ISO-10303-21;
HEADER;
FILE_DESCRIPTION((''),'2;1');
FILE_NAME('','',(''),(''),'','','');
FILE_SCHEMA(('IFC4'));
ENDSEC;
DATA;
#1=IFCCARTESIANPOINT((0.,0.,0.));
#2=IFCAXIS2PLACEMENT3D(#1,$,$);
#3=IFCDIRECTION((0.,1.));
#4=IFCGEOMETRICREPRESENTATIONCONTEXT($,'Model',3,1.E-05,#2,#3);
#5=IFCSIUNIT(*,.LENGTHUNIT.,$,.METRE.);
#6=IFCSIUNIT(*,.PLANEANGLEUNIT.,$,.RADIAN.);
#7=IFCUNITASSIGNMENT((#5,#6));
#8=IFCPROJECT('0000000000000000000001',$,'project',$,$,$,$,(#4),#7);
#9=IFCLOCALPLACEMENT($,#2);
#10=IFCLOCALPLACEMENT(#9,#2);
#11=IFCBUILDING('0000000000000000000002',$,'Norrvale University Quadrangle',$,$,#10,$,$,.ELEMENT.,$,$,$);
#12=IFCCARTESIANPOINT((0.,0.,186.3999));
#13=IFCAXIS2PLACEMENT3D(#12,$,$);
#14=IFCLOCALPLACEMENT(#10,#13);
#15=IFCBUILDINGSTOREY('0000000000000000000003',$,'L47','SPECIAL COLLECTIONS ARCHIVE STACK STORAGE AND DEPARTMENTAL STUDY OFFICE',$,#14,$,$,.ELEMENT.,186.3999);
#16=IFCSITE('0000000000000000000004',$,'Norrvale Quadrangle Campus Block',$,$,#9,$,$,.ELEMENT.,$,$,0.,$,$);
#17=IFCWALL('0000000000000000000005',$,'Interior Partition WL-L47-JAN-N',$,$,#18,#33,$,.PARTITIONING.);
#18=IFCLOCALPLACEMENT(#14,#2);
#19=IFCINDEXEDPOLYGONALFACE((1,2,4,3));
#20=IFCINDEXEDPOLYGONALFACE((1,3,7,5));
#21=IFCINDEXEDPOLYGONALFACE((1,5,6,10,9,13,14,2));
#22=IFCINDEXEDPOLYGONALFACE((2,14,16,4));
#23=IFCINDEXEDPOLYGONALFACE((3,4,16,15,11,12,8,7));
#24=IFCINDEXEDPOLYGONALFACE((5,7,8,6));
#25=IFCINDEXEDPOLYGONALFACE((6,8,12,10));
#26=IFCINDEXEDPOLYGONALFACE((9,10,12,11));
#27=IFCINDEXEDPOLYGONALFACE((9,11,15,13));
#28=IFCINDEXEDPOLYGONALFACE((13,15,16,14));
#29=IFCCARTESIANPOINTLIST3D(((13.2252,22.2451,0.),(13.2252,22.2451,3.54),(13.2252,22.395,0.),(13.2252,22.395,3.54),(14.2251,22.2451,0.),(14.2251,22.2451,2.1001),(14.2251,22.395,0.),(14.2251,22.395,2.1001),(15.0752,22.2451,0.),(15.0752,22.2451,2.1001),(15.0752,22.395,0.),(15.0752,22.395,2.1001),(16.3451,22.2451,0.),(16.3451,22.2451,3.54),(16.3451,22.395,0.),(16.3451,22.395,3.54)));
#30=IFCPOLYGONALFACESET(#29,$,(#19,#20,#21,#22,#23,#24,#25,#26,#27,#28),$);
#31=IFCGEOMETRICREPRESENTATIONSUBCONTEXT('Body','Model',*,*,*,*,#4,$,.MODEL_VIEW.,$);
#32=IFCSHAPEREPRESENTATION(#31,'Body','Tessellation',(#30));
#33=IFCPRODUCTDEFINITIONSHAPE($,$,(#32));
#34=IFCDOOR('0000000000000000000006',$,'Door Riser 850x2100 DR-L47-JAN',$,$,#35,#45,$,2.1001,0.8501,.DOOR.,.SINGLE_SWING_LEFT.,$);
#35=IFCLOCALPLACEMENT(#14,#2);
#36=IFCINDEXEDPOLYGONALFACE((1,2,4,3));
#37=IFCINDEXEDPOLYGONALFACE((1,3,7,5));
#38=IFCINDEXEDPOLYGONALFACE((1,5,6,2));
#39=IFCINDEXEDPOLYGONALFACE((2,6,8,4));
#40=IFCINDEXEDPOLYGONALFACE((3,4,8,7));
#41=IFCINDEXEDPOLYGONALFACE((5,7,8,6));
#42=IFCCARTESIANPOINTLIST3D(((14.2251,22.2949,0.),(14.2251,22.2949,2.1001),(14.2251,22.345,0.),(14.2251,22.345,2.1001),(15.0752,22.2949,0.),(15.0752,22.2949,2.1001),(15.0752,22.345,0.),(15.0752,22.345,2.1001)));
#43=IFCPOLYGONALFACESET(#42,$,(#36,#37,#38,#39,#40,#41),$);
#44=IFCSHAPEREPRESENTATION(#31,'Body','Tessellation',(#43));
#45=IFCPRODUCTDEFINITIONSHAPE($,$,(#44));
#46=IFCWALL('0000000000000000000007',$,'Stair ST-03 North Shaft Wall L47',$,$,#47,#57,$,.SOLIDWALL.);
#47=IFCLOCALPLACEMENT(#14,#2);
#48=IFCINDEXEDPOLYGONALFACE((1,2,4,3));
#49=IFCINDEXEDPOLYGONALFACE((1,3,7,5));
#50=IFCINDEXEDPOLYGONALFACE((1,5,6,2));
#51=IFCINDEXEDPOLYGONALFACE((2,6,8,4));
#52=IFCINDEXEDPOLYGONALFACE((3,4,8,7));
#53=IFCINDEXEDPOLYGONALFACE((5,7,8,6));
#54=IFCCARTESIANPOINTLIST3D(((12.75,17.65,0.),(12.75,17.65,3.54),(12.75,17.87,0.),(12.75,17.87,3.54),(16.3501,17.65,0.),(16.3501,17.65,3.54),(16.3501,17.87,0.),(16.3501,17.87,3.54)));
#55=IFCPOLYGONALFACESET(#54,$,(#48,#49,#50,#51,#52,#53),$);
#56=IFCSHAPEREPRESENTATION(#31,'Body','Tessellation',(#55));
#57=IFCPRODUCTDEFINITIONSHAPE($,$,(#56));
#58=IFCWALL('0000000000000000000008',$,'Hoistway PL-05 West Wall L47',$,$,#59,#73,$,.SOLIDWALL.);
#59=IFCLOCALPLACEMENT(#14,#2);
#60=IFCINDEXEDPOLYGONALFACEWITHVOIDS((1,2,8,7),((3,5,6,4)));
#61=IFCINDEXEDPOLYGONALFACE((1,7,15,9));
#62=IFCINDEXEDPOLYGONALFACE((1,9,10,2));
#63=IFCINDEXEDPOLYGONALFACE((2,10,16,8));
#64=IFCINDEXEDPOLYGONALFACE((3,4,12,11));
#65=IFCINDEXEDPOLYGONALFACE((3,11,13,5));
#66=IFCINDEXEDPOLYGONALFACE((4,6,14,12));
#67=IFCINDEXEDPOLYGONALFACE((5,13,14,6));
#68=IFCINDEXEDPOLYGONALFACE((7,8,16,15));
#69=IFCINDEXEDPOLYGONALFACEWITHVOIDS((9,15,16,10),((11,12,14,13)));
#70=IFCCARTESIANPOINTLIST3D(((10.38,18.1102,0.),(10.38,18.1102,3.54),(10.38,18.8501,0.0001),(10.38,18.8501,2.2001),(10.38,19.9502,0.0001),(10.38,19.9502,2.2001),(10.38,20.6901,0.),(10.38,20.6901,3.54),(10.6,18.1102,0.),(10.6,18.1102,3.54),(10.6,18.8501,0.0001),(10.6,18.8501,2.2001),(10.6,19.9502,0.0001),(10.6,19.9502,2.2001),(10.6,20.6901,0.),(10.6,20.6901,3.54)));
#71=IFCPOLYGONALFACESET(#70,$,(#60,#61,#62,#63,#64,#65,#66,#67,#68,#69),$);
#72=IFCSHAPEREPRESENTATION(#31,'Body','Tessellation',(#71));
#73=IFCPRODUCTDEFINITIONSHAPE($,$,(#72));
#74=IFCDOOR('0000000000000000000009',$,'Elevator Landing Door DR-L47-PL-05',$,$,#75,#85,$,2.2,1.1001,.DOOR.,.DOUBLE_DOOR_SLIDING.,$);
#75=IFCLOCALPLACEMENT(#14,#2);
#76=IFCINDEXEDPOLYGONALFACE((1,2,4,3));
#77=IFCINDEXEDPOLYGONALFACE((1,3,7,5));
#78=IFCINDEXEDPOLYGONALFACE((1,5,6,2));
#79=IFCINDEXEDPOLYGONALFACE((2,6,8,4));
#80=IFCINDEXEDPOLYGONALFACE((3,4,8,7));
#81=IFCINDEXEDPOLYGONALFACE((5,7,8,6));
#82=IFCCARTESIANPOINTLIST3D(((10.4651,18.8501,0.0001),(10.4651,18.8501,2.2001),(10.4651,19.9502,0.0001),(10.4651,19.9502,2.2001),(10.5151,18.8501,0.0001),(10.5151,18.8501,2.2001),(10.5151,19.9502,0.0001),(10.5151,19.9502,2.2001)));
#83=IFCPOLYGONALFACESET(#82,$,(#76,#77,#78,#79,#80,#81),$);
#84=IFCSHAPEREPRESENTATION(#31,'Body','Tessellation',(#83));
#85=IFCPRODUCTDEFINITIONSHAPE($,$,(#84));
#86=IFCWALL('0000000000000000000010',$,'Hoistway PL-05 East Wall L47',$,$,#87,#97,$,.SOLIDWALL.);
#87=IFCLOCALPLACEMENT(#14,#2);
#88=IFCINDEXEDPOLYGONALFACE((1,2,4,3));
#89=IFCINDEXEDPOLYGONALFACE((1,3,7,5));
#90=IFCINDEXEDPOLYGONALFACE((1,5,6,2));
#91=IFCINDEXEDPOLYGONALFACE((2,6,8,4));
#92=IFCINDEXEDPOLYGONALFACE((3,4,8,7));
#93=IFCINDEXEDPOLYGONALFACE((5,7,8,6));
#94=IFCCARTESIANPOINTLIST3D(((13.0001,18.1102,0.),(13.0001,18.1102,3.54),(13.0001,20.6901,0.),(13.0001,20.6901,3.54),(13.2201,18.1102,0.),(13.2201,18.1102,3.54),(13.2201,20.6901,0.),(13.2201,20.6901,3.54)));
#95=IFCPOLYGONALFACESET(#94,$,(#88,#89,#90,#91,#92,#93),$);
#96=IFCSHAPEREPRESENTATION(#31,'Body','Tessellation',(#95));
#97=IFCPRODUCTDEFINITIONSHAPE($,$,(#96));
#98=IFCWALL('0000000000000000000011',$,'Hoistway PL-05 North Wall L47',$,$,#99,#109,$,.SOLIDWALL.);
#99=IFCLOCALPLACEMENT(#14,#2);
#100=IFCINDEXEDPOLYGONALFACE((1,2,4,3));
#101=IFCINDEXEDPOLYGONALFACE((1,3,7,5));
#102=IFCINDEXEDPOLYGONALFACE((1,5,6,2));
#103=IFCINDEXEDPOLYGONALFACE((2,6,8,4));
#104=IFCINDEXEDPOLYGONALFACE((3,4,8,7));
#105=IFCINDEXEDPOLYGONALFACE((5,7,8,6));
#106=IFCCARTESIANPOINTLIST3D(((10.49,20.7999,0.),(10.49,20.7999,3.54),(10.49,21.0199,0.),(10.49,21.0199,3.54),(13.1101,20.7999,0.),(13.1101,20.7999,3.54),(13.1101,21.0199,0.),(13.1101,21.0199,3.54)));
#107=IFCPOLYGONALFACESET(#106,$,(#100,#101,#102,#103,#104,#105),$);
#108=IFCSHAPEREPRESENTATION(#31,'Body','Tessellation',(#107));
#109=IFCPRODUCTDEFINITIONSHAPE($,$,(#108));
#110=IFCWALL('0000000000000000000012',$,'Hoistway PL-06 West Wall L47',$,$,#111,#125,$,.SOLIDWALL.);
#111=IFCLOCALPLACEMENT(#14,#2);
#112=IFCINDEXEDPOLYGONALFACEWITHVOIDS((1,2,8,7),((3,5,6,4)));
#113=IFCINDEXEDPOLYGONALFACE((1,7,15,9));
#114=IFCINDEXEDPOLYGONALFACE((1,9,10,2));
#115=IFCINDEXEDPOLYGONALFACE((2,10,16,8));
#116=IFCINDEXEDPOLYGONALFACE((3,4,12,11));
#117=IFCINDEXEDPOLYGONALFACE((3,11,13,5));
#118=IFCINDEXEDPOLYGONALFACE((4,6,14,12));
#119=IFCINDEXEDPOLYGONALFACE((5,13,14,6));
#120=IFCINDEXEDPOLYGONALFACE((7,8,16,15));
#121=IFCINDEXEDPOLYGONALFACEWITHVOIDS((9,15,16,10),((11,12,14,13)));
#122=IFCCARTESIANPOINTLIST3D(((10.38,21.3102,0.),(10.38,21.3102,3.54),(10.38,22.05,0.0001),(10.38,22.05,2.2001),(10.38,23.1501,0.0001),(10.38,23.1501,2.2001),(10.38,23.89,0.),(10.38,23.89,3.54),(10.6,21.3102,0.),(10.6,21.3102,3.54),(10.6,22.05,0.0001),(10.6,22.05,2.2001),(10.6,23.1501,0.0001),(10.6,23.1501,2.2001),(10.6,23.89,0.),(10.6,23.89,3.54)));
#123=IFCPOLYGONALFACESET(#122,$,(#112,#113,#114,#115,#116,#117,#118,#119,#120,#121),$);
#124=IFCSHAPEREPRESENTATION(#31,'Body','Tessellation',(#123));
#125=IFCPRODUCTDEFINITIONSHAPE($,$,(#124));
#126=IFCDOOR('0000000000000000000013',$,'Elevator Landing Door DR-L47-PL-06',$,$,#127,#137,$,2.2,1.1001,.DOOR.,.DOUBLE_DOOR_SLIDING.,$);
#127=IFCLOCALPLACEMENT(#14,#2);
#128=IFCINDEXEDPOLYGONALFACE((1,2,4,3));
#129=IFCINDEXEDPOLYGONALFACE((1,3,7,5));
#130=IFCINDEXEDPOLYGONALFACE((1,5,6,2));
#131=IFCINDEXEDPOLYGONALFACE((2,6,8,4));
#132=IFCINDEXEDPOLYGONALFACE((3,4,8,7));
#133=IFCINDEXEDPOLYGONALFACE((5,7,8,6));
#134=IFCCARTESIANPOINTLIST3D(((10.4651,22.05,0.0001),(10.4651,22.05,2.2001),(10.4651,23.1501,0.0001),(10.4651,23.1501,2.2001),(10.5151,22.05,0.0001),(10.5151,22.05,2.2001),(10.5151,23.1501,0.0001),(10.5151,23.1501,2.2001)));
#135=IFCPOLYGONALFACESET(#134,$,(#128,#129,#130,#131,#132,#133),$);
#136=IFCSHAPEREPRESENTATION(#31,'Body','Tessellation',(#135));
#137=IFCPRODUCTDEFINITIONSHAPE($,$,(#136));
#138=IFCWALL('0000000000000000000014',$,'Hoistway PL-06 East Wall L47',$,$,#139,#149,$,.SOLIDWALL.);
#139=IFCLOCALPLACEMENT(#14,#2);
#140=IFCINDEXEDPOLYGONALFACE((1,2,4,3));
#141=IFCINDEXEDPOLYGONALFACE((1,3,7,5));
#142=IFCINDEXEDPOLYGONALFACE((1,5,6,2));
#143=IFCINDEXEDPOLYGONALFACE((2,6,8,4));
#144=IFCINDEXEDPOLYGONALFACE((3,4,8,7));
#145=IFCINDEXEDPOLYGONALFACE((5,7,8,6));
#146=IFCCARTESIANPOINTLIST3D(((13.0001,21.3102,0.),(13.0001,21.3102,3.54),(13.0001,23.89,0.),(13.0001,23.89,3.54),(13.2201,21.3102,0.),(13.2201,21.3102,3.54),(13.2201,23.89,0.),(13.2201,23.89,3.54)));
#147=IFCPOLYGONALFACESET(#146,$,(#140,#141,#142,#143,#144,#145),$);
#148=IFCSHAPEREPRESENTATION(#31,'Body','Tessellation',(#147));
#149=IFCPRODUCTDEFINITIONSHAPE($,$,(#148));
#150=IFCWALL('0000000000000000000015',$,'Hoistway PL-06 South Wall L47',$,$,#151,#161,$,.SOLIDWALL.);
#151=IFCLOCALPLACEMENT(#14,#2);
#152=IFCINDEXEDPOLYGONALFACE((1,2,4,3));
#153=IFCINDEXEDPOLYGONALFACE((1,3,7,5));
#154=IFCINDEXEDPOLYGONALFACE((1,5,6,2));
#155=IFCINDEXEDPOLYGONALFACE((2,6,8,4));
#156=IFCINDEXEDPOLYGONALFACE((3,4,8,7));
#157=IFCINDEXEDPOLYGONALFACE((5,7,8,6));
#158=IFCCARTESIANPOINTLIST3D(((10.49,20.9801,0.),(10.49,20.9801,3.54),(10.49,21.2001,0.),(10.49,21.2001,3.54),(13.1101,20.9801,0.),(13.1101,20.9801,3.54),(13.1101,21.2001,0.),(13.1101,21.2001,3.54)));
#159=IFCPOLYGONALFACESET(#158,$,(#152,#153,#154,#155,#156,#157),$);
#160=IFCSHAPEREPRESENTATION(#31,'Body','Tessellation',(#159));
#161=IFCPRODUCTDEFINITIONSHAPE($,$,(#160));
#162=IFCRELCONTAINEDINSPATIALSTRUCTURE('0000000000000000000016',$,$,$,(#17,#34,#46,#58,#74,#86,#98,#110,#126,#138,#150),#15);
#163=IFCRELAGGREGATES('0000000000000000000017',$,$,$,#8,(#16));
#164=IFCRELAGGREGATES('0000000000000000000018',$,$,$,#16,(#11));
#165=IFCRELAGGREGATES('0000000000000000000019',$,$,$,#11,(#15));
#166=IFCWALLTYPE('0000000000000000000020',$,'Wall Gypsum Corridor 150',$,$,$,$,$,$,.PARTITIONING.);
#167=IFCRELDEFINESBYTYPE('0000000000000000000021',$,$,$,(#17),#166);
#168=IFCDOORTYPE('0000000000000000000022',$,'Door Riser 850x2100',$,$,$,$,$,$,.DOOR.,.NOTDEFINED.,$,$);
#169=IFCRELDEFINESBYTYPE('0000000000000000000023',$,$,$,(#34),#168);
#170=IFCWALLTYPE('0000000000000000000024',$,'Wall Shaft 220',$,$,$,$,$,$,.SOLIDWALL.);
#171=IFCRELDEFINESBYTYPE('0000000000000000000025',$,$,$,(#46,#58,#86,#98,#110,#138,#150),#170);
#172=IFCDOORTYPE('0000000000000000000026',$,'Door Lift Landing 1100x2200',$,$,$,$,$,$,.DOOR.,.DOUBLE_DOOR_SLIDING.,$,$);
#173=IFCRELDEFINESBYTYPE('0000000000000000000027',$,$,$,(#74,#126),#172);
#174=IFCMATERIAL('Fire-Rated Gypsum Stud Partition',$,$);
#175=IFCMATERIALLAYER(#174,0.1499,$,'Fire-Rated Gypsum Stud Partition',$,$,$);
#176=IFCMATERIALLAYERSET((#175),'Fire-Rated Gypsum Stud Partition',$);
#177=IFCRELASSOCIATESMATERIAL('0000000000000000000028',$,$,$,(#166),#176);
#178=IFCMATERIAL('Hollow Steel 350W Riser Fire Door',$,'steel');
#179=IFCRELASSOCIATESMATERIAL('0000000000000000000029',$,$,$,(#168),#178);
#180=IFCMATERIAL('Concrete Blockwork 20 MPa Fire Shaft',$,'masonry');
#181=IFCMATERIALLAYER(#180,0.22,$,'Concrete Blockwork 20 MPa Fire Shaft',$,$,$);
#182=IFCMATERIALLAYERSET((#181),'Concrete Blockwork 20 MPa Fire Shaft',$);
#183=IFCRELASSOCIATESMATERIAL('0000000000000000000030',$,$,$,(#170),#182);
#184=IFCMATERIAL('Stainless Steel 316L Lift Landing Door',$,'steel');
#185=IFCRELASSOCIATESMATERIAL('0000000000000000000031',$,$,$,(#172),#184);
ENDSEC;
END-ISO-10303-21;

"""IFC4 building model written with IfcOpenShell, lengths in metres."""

from ifc_helpers import new_model, si_unit, direction, frame, frame_2d, origin, place, context, subcontext, project, spatial, rectangle, extrude, material, layer, layer_set, type_object, element, fill, save


model = new_model("IFC4")

# Units and contexts
model_context = context("Model", 3, precision=1e-05, world=origin(), true_north=direction((0.0, 1.0)))
body_context = subcontext(model_context, "Body", "Model", "MODEL_VIEW")
ifc_project = project(units=[si_unit("LENGTHUNIT", "METRE"), si_unit("PLANEANGLEUNIT", "RADIAN")], contexts=[model_context])

# Site, building, storey
site_placement = place(None, origin())
site = spatial("IfcSite", under=ifc_project, at=site_placement, Name="Norrvale Quadrangle Campus Block", CompositionType="ELEMENT", RefElevation=0.0)
building_placement = place(site_placement, origin())
building = spatial("IfcBuilding", under=site, at=building_placement, Name="Norrvale University Quadrangle", CompositionType="ELEMENT")
storey_placement = place(building_placement, frame((0.0, 0.0, 186.3999)))
storey = spatial("IfcBuildingStorey", under=building, at=storey_placement, Name="L47", Description="SPECIAL COLLECTIONS ARCHIVE STACK STORAGE AND DEPARTMENTAL STUDY OFFICE", CompositionType="ELEMENT", Elevation=186.3999)

# Shared definitions
ifc_material_1 = material(Name="Fire-Rated Gypsum Stud Partition")
ifc_layer_1 = layer(ifc_material_1, 0.1499, Name="Fire-Rated Gypsum Stud Partition")
ifc_layer_set_1 = layer_set([ifc_layer_1], Name="Fire-Rated Gypsum Stud Partition")
wall_type_1 = type_object("IfcWallType", Name="Wall Gypsum Corridor 150", PredefinedType="PARTITIONING", material=ifc_layer_set_1)
ifc_material_2 = material(Name="Hollow Steel 350W Riser Fire Door", Category="steel")
door_type_1 = type_object("IfcDoorType", Name="Door Riser 850x2100", OperationType="NOTDEFINED", PredefinedType="DOOR", material=ifc_material_2)

# Wall, opening, door
wall_1_placement = place(storey_placement, frame((13.2251, 22.3201, 0.0), z_axis=(0.0, 0.0, 1.0), x_axis=(1.0, 0.0, 0.0)))
wall_1 = element("IfcWall", 1, at=wall_1_placement, inside=storey, type_object=wall_type_1, Name="Interior Partition WL-L47-JAN-N", PredefinedType="PARTITIONING", context=body_context, shape_type="SweptSolid", body=[
    extrude(rectangle(XDim=3.1199, YDim=0.1499, at=frame_2d((1.5601, 0.0))), origin(), (0.0, 0.0, 1.0), 3.54),
])
opening_1_placement = place(wall_1_placement, frame((1.0, 0.0, 0.0)))
opening_1 = element("IfcOpeningElement", 2, at=opening_1_placement, cuts=wall_1, PredefinedType="OPENING", context=body_context, shape_type="SweptSolid", body=[
    extrude(rectangle(XDim=0.8501, YDim=2.1001, at=frame_2d((0.425, 1.05))), frame((0.0, 0.0869, 0.0), z_axis=(0.0, -1.0, 0.0), x_axis=(1.0, 0.0, 0.0)), (0.0, 0.0, 1.0), 0.1738),
])
door_1_placement = place(opening_1_placement, origin())
door_1 = element("IfcDoor", 3, at=door_1_placement, inside=storey, type_object=door_type_1, Name="Door Riser 850x2100 DR-L47-JAN", OperationType="SINGLE_SWING_LEFT", OverallHeight=2.1001, OverallWidth=0.8501, PredefinedType="DOOR", context=body_context, shape_type="SweptSolid", body=[
    extrude(rectangle(XDim=0.8501, YDim=2.1001, at=frame_2d((0.425, 1.05))), frame((0.0, 0.0249, 0.0), z_axis=(0.0, -1.0, 0.0), x_axis=(1.0, 0.0, 0.0)), (0.0, 0.0, 1.0), 0.05),
])
fill(opening_1, door_1)

# Wall
ifc_material_3 = material(Name="Concrete Blockwork 20 MPa Fire Shaft", Category="masonry")
ifc_layer_2 = layer(ifc_material_3, 0.22, Name="Concrete Blockwork 20 MPa Fire Shaft")
ifc_layer_set_2 = layer_set([ifc_layer_2], Name="Concrete Blockwork 20 MPa Fire Shaft")
wall_type_2 = type_object("IfcWallType", Name="Wall Shaft 220", PredefinedType="SOLIDWALL", material=ifc_layer_set_2)
wall_2_placement = place(storey_placement, frame((12.75, 17.76, 0.0), z_axis=(0.0, 0.0, 1.0), x_axis=(1.0, 0.0, 0.0)))
element("IfcWall", 4, at=wall_2_placement, inside=storey, type_object=wall_type_2, Name="Stair ST-03 North Shaft Wall L47", PredefinedType="SOLIDWALL", context=body_context, shape_type="SweptSolid", body=[
    extrude(rectangle(XDim=3.6001, YDim=0.22, at=frame_2d((1.8, 0.0))), origin(), (0.0, 0.0, 1.0), 3.54),
])

# Wall, opening, door
wall_3_placement = place(storey_placement, frame((10.49, 18.1101, 0.0), z_axis=(0.0, 0.0, 1.0), x_axis=(0.0, 1.0, 0.0)))
wall_3 = element("IfcWall", 5, at=wall_3_placement, inside=storey, type_object=wall_type_2, Name="Hoistway PL-05 West Wall L47", PredefinedType="SOLIDWALL", context=body_context, shape_type="SweptSolid", body=[
    extrude(rectangle(XDim=2.5798, YDim=0.22, at=frame_2d((1.29, 0.0))), origin(), (0.0, 0.0, 1.0), 3.54),
])
opening_2_placement = place(wall_3_placement, frame((0.74, 0.0, 0.0)))
opening_2 = element("IfcOpeningElement", 6, at=opening_2_placement, cuts=wall_3, PredefinedType="OPENING", context=body_context, shape_type="SweptSolid", body=[
    extrude(rectangle(XDim=1.1001, YDim=2.2, at=frame_2d((0.55, 1.1001))), frame((0.0, 0.1221, 0.0), z_axis=(0.0, -1.0, 0.0), x_axis=(1.0, 0.0, 0.0)), (0.0, 0.0, 1.0), 0.2439),
])
ifc_material_4 = material(Name="Stainless Steel 316L Lift Landing Door", Category="steel")
door_type_2 = type_object("IfcDoorType", Name="Door Lift Landing 1100x2200", OperationType="DOUBLE_DOOR_SLIDING", PredefinedType="DOOR", material=ifc_material_4)
door_2_placement = place(opening_2_placement, origin())
door_2 = element("IfcDoor", 7, at=door_2_placement, inside=storey, type_object=door_type_2, Name="Elevator Landing Door DR-L47-PL-05", OperationType="DOUBLE_DOOR_SLIDING", OverallHeight=2.2, OverallWidth=1.1001, PredefinedType="DOOR", context=body_context, shape_type="SweptSolid", body=[
    extrude(rectangle(XDim=1.1001, YDim=2.2, at=frame_2d((0.55, 1.1001))), frame((0.0, 0.0249, 0.0), z_axis=(0.0, -1.0, 0.0), x_axis=(1.0, 0.0, 0.0)), (0.0, 0.0, 1.0), 0.05),
])
fill(opening_2, door_2)

# Walls
wall_4_placement = place(storey_placement, frame((13.1101, 18.1101, 0.0), z_axis=(0.0, 0.0, 1.0), x_axis=(0.0, 1.0, 0.0)))
element("IfcWall", 8, at=wall_4_placement, inside=storey, type_object=wall_type_2, Name="Hoistway PL-05 East Wall L47", PredefinedType="SOLIDWALL", context=body_context, shape_type="SweptSolid", body=[
    extrude(rectangle(XDim=2.5798, YDim=0.22, at=frame_2d((1.29, 0.0))), origin(), (0.0, 0.0, 1.0), 3.54),
])
wall_5_placement = place(storey_placement, frame((10.49, 20.9099, 0.0), z_axis=(0.0, 0.0, 1.0), x_axis=(1.0, 0.0, 0.0)))
element("IfcWall", 9, at=wall_5_placement, inside=storey, type_object=wall_type_2, Name="Hoistway PL-05 North Wall L47", PredefinedType="SOLIDWALL", context=body_context, shape_type="SweptSolid", body=[
    extrude(rectangle(XDim=2.6201, YDim=0.22, at=frame_2d((1.3101, 0.0))), origin(), (0.0, 0.0, 1.0), 3.54),
])

# Wall, opening, door
wall_6_placement = place(storey_placement, frame((10.49, 21.3101, 0.0), z_axis=(0.0, 0.0, 1.0), x_axis=(0.0, 1.0, 0.0)))
wall_6 = element("IfcWall", 10, at=wall_6_placement, inside=storey, type_object=wall_type_2, Name="Hoistway PL-06 West Wall L47", PredefinedType="SOLIDWALL", context=body_context, shape_type="SweptSolid", body=[
    extrude(rectangle(XDim=2.5798, YDim=0.22, at=frame_2d((1.29, 0.0))), origin(), (0.0, 0.0, 1.0), 3.54),
])
opening_3_placement = place(wall_6_placement, frame((0.74, 0.0, 0.0)))
opening_3 = element("IfcOpeningElement", 11, at=opening_3_placement, cuts=wall_6, PredefinedType="OPENING", context=body_context, shape_type="SweptSolid", body=[
    extrude(rectangle(XDim=1.1001, YDim=2.2, at=frame_2d((0.55, 1.1001))), frame((0.0, 0.1221, 0.0), z_axis=(0.0, -1.0, 0.0), x_axis=(1.0, 0.0, 0.0)), (0.0, 0.0, 1.0), 0.2439),
])
door_3_placement = place(opening_3_placement, origin())
door_3 = element("IfcDoor", 12, at=door_3_placement, inside=storey, type_object=door_type_2, Name="Elevator Landing Door DR-L47-PL-06", OperationType="DOUBLE_DOOR_SLIDING", OverallHeight=2.2, OverallWidth=1.1001, PredefinedType="DOOR", context=body_context, shape_type="SweptSolid", body=[
    extrude(rectangle(XDim=1.1001, YDim=2.2, at=frame_2d((0.55, 1.1001))), frame((0.0, 0.0249, 0.0), z_axis=(0.0, -1.0, 0.0), x_axis=(1.0, 0.0, 0.0)), (0.0, 0.0, 1.0), 0.05),
])
fill(opening_3, door_3)

# Walls
wall_7_placement = place(storey_placement, frame((13.1101, 21.3101, 0.0), z_axis=(0.0, 0.0, 1.0), x_axis=(0.0, 1.0, 0.0)))
element("IfcWall", 13, at=wall_7_placement, inside=storey, type_object=wall_type_2, Name="Hoistway PL-06 East Wall L47", PredefinedType="SOLIDWALL", context=body_context, shape_type="SweptSolid", body=[
    extrude(rectangle(XDim=2.5798, YDim=0.22, at=frame_2d((1.29, 0.0))), origin(), (0.0, 0.0, 1.0), 3.54),
])
wall_8_placement = place(storey_placement, frame((10.49, 21.0901, 0.0), z_axis=(0.0, 0.0, 1.0), x_axis=(1.0, 0.0, 0.0)))
element("IfcWall", 14, at=wall_8_placement, inside=storey, type_object=wall_type_2, Name="Hoistway PL-06 South Wall L47", PredefinedType="SOLIDWALL", context=body_context, shape_type="SweptSolid", body=[
    extrude(rectangle(XDim=2.6201, YDim=0.22, at=frame_2d((1.3101, 0.0))), origin(), (0.0, 0.0, 1.0), 3.54),
])

save(model, "model.ifc")
